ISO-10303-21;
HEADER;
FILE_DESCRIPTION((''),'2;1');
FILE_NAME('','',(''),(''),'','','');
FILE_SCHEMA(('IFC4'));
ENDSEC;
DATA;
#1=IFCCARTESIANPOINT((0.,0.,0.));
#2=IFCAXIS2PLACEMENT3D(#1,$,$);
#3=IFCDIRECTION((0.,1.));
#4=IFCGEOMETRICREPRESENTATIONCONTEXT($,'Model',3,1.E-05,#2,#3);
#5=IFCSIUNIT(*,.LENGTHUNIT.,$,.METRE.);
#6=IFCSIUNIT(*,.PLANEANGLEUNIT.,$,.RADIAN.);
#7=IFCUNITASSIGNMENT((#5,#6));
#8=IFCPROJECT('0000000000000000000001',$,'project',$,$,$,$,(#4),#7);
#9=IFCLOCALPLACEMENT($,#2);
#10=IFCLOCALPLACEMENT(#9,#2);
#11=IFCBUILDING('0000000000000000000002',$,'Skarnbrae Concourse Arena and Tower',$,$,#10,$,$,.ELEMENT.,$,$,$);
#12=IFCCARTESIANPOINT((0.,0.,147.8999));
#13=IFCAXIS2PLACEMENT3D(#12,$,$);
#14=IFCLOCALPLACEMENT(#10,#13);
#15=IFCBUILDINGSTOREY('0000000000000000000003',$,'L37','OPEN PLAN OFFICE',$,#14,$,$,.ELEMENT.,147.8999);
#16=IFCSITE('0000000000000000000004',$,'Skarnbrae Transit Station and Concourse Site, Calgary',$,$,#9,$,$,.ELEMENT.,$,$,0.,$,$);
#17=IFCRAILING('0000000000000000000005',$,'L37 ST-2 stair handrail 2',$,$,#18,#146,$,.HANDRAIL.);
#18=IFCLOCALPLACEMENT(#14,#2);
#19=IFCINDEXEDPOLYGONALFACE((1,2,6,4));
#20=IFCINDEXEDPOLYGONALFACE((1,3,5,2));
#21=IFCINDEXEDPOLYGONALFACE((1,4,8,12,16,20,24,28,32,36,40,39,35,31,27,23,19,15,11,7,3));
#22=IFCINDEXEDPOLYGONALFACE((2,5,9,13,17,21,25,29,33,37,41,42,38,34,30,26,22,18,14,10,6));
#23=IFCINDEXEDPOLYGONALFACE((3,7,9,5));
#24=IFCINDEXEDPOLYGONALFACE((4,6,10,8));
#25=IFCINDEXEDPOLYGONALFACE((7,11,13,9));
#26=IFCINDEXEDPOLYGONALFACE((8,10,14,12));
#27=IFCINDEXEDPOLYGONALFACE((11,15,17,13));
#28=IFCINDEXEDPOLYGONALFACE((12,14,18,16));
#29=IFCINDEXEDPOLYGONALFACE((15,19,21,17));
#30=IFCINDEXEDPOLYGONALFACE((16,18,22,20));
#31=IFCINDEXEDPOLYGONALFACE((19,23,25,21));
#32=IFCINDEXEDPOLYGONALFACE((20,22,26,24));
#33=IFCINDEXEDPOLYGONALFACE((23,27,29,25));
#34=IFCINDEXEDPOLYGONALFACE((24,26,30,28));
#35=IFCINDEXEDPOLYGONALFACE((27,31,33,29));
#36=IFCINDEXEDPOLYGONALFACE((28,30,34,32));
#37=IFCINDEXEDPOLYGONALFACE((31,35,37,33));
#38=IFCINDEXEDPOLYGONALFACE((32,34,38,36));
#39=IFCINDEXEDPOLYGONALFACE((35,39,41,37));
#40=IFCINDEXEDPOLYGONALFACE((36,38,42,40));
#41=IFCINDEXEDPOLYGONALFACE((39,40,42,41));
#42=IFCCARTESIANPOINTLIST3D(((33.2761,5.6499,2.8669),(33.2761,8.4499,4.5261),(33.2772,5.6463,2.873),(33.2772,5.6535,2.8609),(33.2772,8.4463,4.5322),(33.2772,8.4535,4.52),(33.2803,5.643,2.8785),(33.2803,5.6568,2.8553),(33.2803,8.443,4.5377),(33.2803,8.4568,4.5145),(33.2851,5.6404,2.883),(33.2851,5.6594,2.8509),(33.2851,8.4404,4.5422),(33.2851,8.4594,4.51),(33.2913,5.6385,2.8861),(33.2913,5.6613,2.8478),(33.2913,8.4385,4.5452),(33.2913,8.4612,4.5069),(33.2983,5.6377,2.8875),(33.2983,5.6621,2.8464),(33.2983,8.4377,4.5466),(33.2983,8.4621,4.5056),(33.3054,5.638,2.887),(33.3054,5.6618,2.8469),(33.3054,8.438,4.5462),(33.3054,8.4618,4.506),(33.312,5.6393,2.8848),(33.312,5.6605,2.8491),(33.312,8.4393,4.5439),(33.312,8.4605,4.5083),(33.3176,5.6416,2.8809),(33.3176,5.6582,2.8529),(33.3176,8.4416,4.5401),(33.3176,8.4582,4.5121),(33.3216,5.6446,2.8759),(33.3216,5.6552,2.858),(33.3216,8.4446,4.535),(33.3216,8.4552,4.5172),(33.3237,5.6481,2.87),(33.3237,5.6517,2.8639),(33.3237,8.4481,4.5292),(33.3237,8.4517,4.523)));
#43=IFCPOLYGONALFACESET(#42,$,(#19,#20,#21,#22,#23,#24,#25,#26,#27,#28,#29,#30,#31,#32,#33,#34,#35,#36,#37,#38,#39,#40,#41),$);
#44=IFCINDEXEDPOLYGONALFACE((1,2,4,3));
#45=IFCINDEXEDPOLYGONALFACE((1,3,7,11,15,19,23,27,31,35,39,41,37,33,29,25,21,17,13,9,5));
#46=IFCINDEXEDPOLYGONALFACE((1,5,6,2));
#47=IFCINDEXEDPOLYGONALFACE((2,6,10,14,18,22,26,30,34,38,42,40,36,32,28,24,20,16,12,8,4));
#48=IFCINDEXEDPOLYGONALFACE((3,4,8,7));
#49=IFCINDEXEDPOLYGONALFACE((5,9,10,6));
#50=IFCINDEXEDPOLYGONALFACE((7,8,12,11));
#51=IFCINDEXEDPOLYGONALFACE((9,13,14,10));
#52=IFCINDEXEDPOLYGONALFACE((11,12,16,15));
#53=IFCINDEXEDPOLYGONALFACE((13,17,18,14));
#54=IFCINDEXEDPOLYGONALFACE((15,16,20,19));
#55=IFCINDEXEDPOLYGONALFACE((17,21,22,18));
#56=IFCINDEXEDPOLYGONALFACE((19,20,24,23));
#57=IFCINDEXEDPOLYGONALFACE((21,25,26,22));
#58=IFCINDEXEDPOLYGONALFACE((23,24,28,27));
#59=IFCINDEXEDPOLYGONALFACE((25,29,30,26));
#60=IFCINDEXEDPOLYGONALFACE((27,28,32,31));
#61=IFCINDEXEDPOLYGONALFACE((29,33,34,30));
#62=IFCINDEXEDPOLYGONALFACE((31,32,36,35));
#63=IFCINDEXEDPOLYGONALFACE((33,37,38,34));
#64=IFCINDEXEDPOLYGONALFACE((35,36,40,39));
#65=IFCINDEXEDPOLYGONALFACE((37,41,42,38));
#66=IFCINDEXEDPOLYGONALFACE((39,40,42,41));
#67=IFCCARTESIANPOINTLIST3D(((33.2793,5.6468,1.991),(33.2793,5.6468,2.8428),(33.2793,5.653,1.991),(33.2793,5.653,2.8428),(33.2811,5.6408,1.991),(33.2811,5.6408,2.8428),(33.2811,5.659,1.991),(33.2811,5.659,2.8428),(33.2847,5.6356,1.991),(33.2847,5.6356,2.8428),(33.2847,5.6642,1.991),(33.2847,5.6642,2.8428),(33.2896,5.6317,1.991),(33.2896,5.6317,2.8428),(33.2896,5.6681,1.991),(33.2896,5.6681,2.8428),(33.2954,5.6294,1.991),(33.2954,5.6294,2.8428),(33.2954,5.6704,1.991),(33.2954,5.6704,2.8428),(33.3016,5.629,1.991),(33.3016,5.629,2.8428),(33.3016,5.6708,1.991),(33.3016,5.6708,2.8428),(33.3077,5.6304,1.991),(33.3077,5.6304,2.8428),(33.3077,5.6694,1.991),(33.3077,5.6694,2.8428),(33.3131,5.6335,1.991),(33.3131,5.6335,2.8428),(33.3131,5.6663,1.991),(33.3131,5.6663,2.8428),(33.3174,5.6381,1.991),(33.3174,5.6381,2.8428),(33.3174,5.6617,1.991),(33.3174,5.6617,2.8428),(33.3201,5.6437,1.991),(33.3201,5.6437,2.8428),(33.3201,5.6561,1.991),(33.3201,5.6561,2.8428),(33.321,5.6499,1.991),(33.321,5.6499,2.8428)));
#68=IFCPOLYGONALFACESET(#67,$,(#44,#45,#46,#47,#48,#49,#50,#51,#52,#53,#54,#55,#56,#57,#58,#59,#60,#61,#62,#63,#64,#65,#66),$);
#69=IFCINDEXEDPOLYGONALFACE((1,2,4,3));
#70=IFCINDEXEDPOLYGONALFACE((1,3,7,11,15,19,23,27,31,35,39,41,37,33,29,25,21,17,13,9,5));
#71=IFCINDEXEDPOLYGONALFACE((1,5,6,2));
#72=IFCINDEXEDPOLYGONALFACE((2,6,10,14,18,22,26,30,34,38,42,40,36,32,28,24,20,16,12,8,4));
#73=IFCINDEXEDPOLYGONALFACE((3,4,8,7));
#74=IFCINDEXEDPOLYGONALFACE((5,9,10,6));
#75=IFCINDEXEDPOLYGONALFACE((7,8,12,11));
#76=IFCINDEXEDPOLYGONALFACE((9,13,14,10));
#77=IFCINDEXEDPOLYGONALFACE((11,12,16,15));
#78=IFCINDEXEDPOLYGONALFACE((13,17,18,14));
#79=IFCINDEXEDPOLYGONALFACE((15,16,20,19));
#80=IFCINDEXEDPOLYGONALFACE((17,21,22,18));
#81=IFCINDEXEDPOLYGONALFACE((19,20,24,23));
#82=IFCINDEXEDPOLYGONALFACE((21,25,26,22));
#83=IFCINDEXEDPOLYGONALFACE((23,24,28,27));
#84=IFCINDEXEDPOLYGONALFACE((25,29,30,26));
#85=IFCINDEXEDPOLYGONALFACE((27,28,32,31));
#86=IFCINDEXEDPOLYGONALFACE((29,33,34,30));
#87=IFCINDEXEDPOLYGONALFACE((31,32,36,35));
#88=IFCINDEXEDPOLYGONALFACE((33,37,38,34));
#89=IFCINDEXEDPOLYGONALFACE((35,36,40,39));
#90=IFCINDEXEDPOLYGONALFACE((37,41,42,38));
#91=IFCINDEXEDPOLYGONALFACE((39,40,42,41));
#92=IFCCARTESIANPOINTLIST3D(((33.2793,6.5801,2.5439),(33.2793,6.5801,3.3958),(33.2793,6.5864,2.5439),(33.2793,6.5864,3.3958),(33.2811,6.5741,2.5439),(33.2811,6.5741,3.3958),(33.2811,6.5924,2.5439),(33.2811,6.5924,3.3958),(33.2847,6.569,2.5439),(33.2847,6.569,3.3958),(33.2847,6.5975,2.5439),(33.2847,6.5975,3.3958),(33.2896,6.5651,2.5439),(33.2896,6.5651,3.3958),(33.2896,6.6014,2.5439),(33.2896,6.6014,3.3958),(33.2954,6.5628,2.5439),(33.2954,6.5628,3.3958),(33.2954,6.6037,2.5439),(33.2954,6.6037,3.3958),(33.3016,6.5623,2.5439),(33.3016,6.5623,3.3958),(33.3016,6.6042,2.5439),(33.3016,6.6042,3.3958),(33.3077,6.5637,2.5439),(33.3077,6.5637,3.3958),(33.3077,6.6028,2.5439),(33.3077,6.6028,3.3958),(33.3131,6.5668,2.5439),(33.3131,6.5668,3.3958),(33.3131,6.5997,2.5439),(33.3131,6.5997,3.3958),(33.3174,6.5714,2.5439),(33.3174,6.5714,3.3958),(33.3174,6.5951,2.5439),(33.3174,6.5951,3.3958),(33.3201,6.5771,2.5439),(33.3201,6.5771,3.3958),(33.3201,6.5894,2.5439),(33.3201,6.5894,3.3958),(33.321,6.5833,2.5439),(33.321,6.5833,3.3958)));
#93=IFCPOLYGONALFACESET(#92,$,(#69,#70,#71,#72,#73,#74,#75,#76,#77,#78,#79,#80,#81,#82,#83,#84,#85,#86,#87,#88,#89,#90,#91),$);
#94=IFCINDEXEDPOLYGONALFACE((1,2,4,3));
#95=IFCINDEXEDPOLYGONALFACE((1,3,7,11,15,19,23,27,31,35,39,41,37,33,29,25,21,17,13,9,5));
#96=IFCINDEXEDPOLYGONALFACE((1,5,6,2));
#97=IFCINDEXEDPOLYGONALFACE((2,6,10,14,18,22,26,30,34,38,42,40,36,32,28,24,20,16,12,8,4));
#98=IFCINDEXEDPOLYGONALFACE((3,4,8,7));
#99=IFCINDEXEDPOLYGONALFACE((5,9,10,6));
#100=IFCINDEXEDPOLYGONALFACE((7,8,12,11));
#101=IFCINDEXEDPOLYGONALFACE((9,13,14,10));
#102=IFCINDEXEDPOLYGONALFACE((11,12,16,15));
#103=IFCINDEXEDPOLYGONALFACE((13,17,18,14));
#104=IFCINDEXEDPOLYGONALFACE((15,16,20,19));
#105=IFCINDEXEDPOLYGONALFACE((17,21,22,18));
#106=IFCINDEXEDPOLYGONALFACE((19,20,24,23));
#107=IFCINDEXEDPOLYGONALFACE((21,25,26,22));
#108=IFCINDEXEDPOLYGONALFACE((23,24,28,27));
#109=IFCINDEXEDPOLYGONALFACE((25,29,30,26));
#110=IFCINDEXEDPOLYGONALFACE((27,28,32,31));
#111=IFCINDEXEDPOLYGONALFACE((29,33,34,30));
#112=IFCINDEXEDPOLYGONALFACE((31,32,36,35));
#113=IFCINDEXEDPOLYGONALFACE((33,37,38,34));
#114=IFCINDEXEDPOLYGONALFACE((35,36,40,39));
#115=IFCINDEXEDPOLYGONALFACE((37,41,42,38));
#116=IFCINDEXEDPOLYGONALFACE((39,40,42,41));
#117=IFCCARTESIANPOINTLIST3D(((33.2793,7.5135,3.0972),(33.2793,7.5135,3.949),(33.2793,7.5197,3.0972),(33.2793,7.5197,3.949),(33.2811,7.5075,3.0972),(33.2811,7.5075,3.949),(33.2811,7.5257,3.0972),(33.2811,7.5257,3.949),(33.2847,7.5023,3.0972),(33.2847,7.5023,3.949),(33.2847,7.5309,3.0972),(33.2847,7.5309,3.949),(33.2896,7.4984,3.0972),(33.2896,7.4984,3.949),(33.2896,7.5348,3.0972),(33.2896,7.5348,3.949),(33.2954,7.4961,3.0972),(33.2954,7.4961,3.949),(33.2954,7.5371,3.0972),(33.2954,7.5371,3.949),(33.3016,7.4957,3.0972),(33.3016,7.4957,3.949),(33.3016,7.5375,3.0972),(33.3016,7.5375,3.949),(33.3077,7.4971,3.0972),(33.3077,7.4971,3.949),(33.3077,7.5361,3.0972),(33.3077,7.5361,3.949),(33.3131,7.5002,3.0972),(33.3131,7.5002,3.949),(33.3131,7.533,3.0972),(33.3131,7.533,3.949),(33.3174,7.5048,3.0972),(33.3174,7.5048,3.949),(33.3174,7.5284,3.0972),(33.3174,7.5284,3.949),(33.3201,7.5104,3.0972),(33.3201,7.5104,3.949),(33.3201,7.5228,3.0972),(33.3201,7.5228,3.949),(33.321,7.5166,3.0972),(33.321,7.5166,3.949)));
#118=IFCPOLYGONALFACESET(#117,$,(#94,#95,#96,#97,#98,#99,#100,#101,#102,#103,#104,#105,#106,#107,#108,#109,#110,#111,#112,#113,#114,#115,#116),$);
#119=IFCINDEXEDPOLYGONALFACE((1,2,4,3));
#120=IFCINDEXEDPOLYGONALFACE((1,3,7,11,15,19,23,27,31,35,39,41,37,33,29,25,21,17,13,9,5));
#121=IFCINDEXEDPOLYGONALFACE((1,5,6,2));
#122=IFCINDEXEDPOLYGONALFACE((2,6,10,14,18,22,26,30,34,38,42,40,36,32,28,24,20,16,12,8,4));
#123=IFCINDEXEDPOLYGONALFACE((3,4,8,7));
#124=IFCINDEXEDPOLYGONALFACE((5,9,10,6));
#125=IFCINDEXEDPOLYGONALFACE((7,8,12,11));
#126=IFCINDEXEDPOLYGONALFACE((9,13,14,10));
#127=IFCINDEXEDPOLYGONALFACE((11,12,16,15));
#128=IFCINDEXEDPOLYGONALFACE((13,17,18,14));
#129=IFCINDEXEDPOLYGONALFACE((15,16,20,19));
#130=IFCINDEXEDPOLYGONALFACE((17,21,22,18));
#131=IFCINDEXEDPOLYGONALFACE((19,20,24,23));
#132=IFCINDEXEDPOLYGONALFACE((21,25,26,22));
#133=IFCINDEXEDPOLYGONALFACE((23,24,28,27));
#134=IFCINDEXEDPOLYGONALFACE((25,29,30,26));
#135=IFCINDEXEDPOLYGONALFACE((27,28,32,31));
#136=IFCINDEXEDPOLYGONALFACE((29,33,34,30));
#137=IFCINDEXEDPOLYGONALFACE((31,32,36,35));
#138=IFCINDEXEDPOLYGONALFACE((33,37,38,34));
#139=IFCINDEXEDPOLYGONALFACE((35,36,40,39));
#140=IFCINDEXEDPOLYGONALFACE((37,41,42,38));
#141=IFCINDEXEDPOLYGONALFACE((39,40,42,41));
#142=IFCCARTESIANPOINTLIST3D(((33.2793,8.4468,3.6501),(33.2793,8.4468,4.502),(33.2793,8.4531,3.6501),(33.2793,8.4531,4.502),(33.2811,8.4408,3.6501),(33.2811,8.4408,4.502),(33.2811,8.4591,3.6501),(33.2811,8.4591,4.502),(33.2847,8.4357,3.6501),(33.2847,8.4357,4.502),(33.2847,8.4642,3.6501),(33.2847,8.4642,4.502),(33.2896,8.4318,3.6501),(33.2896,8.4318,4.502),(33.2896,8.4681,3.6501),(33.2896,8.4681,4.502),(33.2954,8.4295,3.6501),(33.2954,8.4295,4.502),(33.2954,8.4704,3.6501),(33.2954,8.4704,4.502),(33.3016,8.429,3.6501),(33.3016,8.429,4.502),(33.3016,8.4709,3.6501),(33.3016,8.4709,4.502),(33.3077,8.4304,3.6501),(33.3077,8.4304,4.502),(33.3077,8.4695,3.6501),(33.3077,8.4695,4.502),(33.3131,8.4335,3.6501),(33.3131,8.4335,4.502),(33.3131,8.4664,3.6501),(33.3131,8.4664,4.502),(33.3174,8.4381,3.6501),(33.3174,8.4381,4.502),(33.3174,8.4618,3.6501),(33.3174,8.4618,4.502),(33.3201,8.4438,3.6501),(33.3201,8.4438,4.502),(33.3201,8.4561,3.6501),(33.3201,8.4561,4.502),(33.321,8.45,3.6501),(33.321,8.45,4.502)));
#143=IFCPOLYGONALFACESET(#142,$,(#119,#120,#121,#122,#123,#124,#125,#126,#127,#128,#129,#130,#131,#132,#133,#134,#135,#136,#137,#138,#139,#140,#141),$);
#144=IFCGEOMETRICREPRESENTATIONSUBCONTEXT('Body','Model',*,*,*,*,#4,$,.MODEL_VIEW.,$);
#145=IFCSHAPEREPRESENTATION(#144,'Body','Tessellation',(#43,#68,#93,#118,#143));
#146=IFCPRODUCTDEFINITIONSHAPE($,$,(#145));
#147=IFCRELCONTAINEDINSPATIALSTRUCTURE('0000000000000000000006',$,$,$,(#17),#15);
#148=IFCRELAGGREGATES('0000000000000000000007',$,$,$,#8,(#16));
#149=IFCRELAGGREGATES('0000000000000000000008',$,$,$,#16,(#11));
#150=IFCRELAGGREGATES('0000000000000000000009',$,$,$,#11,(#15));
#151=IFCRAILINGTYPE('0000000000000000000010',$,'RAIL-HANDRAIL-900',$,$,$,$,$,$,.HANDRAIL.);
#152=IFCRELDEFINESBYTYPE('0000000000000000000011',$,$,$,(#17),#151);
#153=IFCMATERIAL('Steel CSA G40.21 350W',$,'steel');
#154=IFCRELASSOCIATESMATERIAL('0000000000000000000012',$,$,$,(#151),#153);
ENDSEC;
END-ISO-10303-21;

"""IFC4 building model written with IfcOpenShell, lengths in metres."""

from ifc_helpers import new_model, si_unit, direction, frame, origin, origin_2d, place, context, subcontext, project, spatial, circle, extrude, material, type_object, element, save


model = new_model("IFC4")

# Units and contexts
model_context = context("Model", 3, precision=1e-05, world=origin(), true_north=direction((0.0, 1.0)))
body_context = subcontext(model_context, "Body", "Model", "MODEL_VIEW")
ifc_project = project(units=[si_unit("LENGTHUNIT", "METRE"), si_unit("PLANEANGLEUNIT", "RADIAN")], contexts=[model_context])

# Site, building, storey
site_placement = place(None, origin())
site = spatial("IfcSite", under=ifc_project, at=site_placement, Name="Skarnbrae Transit Station and Concourse Site, Calgary", CompositionType="ELEMENT", RefElevation=0.0)
building_placement = place(site_placement, origin())
building = spatial("IfcBuilding", under=site, at=building_placement, Name="Skarnbrae Concourse Arena and Tower", CompositionType="ELEMENT")
storey_placement = place(building_placement, frame((0.0, 0.0, 147.8999)))
storey = spatial("IfcBuildingStorey", under=building, at=storey_placement, Name="L37", Description="OPEN PLAN OFFICE", CompositionType="ELEMENT", Elevation=147.8999)

# Shared definitions
ifc_material_1 = material(Name="Steel CSA G40.21 350W", Category="steel")

# Railing
railing_type_1 = type_object("IfcRailingType", Name="RAIL-HANDRAIL-900", PredefinedType="HANDRAIL", material=ifc_material_1)
railing_1_placement = place(storey_placement, frame((33.3, 5.6499, 1.991)))
element("IfcRailing", 1, at=railing_1_placement, inside=storey, type_object=railing_type_1, Name="L37 ST-2 stair handrail 2", PredefinedType="HANDRAIL", context=body_context, shape_type="SweptSolid", body=[
    extrude(circle(Radius=0.0239, at=origin_2d()), frame((0.0, 0.0, 0.876), z_axis=(0.0, 0.860306, 0.509778), x_axis=(-1.0, 0.0, 0.0)), (0.0, 0.0, 1.0), 3.2546),
    extrude(circle(Radius=0.021, at=origin_2d()), origin(), (0.0, 0.0, 1.0), 0.8518),
    extrude(circle(Radius=0.021, at=origin_2d()), frame((0.0, 0.9333, 0.553)), (0.0, 0.0, 1.0), 0.8518),
    extrude(circle(Radius=0.021, at=origin_2d()), frame((0.0, 1.8667, 1.1062)), (0.0, 0.0, 1.0), 0.8518),
    extrude(circle(Radius=0.021, at=origin_2d()), frame((0.0, 2.8, 1.6592)), (0.0, 0.0, 1.0), 0.8518),
])

save(model, "model.ifc")
